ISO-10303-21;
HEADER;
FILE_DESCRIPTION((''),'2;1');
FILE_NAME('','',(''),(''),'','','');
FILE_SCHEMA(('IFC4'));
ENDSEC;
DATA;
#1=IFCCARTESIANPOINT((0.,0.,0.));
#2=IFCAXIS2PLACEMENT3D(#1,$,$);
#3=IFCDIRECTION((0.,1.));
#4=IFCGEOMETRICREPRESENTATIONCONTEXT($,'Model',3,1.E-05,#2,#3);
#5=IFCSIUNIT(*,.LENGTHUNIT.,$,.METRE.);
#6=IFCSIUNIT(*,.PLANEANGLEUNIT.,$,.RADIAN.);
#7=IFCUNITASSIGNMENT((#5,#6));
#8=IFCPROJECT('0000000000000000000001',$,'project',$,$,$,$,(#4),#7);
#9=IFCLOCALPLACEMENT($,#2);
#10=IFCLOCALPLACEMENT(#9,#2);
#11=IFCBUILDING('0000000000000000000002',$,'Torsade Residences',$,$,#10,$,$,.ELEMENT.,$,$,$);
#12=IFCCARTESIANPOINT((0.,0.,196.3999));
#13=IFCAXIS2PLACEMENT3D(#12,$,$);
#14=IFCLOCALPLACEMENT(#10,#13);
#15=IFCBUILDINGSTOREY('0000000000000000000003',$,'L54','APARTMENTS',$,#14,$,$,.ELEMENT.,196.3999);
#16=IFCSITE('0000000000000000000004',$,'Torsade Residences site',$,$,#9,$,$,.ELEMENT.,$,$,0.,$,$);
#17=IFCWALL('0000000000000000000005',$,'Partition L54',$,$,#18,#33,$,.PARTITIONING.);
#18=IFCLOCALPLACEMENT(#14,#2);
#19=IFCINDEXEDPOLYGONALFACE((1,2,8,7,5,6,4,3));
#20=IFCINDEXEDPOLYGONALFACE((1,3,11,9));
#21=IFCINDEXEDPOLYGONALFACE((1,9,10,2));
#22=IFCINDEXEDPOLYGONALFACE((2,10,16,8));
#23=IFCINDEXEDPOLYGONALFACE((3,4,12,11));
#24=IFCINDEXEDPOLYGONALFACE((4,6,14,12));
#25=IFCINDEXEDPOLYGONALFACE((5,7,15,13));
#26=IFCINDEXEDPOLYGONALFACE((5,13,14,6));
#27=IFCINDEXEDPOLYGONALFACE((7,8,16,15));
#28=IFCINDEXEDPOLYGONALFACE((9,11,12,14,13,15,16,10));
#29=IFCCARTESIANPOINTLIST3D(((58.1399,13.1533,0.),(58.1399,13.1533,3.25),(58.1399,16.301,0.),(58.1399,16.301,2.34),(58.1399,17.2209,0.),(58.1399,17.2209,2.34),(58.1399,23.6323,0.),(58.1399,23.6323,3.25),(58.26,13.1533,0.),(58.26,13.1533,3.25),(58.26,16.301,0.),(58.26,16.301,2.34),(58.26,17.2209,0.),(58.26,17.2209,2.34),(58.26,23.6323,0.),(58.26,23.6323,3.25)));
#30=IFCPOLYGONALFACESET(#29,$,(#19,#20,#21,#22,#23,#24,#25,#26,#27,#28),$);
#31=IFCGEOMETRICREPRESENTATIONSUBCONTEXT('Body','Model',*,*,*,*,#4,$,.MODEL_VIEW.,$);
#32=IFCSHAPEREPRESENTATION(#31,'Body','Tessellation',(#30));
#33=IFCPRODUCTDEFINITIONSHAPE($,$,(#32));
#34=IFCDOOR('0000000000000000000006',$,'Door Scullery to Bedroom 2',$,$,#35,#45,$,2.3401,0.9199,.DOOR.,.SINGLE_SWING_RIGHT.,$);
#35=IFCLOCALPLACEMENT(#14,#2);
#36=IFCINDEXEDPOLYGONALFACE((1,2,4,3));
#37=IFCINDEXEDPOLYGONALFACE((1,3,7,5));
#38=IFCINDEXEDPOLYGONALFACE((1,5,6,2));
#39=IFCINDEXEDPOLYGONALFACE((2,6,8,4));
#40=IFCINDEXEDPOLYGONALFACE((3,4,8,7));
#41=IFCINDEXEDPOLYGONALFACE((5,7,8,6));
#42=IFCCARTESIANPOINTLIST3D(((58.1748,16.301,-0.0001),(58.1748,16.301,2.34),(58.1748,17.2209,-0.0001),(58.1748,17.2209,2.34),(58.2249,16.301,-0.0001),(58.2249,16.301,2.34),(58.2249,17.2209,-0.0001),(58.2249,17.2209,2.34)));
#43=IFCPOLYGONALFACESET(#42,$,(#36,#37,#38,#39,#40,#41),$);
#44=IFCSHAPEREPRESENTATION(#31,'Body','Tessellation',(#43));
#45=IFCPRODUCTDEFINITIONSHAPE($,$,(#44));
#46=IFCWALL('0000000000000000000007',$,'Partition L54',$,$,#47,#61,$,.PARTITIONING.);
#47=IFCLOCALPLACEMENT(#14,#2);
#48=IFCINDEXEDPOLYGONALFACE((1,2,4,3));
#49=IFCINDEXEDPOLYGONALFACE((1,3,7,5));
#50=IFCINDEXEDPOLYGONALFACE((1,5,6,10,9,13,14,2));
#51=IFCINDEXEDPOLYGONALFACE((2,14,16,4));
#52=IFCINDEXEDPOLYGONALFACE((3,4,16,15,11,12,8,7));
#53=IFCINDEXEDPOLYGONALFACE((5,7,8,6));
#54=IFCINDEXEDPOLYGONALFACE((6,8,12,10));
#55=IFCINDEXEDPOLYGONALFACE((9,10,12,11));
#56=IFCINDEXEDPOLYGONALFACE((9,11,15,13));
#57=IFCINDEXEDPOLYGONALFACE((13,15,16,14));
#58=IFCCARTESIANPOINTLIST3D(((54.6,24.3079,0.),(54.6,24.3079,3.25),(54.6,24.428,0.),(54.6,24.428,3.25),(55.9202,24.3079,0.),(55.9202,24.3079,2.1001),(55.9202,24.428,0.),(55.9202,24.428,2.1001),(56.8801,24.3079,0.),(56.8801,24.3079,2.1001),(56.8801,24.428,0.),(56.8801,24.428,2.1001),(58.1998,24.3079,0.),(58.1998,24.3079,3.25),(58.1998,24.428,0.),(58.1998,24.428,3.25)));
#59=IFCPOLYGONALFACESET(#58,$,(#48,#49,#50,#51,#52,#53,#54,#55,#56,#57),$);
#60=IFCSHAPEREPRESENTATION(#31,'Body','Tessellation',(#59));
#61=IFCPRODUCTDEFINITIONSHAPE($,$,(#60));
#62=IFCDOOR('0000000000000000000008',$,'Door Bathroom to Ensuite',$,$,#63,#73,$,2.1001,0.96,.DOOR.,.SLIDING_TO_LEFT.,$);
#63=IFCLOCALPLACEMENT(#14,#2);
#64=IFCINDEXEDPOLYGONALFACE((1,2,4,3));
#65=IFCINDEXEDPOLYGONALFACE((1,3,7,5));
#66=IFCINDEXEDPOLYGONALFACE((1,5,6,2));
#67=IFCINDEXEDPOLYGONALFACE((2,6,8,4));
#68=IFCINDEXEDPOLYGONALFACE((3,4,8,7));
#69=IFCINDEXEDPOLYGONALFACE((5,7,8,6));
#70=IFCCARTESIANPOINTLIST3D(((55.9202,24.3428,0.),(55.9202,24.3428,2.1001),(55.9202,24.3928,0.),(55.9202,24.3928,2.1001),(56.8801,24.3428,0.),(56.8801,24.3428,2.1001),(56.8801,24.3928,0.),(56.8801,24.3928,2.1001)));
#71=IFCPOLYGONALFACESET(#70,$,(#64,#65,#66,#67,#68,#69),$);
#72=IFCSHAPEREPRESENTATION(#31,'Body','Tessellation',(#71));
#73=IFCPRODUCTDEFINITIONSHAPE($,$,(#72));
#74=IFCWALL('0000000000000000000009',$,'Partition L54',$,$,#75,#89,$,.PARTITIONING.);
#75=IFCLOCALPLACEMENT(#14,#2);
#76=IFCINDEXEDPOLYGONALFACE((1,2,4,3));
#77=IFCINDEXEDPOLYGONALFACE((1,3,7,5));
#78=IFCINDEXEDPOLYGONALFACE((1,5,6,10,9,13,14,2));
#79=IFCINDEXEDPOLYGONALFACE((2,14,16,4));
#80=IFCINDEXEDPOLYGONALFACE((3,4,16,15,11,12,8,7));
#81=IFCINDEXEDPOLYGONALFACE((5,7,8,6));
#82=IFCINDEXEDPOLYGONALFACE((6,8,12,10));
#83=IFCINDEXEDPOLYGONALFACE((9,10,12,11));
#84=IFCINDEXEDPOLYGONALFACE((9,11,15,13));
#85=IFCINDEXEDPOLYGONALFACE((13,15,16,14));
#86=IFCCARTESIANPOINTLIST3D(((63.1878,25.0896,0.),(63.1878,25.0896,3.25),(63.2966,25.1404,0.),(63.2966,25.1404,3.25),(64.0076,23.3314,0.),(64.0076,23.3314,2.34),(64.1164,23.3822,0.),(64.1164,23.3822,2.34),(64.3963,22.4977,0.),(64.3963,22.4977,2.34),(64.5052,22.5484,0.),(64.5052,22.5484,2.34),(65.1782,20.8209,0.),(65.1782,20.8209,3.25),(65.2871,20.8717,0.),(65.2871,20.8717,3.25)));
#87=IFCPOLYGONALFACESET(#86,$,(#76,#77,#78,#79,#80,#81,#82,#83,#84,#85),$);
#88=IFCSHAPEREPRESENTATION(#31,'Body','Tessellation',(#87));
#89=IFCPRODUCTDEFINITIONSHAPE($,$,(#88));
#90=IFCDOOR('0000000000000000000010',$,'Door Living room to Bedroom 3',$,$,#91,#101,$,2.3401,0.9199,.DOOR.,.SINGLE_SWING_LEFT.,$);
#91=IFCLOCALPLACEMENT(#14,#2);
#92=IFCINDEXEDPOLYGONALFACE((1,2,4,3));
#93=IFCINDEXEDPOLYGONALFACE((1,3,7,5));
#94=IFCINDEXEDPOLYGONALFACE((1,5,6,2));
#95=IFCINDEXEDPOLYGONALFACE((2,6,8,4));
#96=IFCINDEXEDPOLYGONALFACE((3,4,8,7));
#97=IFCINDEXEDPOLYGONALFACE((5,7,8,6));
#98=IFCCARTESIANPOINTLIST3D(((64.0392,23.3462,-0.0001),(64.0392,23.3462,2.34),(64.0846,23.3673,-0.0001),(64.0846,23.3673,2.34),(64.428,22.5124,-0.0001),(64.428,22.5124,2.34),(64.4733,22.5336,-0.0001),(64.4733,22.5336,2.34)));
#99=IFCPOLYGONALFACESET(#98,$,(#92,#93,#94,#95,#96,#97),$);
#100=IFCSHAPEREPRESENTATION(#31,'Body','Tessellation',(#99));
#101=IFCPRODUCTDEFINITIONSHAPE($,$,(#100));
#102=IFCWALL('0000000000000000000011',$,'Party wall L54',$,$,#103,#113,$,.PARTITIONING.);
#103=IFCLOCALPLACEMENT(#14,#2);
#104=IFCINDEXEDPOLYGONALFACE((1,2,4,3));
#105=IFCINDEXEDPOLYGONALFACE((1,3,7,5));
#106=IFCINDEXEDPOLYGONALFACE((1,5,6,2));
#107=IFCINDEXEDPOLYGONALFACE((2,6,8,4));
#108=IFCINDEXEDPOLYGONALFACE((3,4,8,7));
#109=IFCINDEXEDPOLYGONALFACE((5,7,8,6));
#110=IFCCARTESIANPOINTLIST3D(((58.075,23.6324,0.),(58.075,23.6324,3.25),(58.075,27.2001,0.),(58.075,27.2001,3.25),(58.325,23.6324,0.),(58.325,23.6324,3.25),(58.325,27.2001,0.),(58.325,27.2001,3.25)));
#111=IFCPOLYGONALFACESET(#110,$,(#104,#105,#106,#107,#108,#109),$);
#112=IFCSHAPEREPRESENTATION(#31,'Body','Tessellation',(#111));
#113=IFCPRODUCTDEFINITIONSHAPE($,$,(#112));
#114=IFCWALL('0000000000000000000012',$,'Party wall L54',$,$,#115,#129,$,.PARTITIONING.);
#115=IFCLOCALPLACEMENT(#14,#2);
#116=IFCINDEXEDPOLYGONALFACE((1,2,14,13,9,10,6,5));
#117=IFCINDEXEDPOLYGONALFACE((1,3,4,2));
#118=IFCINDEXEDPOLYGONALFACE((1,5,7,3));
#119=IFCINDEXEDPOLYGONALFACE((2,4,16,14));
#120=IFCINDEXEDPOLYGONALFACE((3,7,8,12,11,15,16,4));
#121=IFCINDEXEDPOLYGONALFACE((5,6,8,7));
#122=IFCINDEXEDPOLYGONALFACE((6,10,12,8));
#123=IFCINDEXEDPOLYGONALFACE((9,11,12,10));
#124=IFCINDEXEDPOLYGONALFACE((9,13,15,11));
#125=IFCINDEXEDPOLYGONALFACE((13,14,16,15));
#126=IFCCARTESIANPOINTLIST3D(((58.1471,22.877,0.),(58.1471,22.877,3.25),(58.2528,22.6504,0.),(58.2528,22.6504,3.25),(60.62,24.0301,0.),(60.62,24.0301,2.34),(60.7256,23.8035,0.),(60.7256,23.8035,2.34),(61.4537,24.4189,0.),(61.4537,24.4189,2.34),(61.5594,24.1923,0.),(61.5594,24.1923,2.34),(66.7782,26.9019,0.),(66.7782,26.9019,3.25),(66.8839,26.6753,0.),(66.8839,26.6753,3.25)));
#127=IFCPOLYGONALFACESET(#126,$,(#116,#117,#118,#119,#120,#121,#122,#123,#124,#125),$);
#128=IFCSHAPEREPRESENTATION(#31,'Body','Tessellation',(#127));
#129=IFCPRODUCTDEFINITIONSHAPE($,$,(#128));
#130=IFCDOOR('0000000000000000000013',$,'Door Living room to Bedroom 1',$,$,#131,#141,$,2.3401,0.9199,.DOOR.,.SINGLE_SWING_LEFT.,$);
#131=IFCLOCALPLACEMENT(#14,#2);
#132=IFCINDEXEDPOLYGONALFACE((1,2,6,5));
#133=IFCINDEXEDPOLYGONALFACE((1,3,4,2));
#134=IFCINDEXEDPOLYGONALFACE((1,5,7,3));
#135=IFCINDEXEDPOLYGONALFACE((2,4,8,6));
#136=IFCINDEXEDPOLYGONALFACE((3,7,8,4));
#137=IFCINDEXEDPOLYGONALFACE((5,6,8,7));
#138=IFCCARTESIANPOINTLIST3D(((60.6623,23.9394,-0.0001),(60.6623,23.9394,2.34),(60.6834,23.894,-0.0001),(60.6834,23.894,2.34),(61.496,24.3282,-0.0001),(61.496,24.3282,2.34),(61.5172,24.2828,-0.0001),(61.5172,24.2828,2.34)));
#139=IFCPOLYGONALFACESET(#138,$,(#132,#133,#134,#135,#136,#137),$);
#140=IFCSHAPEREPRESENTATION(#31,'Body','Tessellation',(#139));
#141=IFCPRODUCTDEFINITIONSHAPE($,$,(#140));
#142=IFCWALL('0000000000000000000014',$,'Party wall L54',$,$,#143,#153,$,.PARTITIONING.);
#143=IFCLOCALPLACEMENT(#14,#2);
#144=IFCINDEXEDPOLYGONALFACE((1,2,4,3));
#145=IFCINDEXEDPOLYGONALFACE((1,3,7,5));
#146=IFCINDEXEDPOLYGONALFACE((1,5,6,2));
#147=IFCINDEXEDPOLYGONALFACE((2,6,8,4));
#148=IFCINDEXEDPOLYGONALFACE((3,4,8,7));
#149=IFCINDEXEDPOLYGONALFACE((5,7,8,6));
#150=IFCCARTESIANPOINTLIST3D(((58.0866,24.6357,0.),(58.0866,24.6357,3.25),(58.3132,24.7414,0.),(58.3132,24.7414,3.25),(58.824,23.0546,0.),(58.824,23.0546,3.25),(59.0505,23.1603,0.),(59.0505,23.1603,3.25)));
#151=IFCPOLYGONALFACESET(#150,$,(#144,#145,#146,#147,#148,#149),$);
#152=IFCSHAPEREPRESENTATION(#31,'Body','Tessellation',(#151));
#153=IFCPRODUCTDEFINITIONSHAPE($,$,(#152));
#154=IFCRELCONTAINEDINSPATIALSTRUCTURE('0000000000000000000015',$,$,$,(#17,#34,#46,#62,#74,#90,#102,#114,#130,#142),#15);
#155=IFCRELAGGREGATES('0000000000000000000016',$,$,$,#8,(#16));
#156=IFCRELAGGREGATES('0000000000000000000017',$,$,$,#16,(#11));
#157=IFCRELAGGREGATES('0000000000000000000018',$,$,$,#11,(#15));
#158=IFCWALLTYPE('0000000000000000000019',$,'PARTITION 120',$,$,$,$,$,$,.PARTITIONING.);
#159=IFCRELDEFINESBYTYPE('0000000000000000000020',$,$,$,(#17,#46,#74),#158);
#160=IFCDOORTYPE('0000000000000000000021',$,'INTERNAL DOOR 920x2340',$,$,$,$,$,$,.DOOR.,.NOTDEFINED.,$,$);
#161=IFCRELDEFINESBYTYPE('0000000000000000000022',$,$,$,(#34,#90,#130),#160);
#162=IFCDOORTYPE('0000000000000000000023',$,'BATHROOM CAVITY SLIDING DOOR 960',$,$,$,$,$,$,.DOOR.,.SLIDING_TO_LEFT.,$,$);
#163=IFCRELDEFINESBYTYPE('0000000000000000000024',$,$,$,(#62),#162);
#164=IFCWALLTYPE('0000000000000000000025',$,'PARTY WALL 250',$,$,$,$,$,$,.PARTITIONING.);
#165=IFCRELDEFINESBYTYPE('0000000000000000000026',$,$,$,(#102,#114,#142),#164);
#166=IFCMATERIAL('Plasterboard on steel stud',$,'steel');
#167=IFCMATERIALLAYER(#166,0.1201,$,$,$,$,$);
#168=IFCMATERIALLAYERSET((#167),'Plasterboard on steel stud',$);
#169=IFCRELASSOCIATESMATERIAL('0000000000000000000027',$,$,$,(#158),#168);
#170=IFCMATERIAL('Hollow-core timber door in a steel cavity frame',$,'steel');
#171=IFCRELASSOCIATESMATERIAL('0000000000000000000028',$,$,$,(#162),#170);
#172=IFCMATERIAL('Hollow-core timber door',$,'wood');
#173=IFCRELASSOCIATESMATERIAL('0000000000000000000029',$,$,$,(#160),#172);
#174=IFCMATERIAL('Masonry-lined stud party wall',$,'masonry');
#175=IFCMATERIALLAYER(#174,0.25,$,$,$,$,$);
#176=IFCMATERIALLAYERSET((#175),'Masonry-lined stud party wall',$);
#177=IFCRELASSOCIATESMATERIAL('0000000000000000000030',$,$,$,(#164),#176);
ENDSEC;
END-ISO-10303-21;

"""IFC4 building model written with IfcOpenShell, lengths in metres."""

from ifc_helpers import new_model, si_unit, direction, frame, frame_2d, origin, place, context, subcontext, project, spatial, rectangle, extrude, material, layer, layer_set, type_object, element, fill, save


model = new_model("IFC4")

# Units and contexts
model_context = context("Model", 3, precision=1e-05, world=origin(), true_north=direction((0.0, 1.0)))
body_context = subcontext(model_context, "Body", "Model", "MODEL_VIEW")
ifc_project = project(units=[si_unit("LENGTHUNIT", "METRE"), si_unit("PLANEANGLEUNIT", "RADIAN")], contexts=[model_context])

# Site, building, storey
site_placement = place(None, origin())
site = spatial("IfcSite", under=ifc_project, at=site_placement, Name="Torsade Residences site", CompositionType="ELEMENT", RefElevation=0.0)
building_placement = place(site_placement, origin())
building = spatial("IfcBuilding", under=site, at=building_placement, Name="Torsade Residences", CompositionType="ELEMENT")
storey_placement = place(building_placement, frame((0.0, 0.0, 196.3999)))
storey = spatial("IfcBuildingStorey", under=building, at=storey_placement, Name="L54", Description="APARTMENTS", CompositionType="ELEMENT", Elevation=196.3999)

# Walls, openings, doors
ifc_material_1 = material(Name="Plasterboard on steel stud", Category="steel")
ifc_layer_1 = layer(ifc_material_1, 0.1201)
ifc_layer_set_1 = layer_set([ifc_layer_1], Name="Plasterboard on steel stud")
wall_type_1 = type_object("IfcWallType", Name="PARTITION 120", PredefinedType="PARTITIONING", material=ifc_layer_set_1)
ifc_material_2 = material(Name="Hollow-core timber door in a steel cavity frame", Category="steel")
door_type_1 = type_object("IfcDoorType", Name="BATHROOM CAVITY SLIDING DOOR 960", OperationType="SLIDING_TO_LEFT", PredefinedType="DOOR", material=ifc_material_2)
wall_1_placement = place(storey_placement, frame((58.2, 23.6323, 0.0), z_axis=(0.0, 0.0, 1.0), x_axis=(0.0, -1.0, 0.0)))
wall_1 = element("IfcWall", 1, at=wall_1_placement, inside=storey, type_object=wall_type_1, Name="Partition L54", PredefinedType="PARTITIONING", context=body_context, shape_type="SweptSolid", body=[
    extrude(rectangle(XDim=10.479, YDim=0.1201, at=frame_2d((5.2395, 0.0))), origin(), (0.0, 0.0, 1.0), 3.25),
])
opening_1_placement = place(wall_1_placement, frame((6.4114, 0.0, 0.0)))
opening_1 = element("IfcOpeningElement", 2, at=opening_1_placement, cuts=wall_1, PredefinedType="OPENING", context=body_context, shape_type="SweptSolid", body=[
    extrude(rectangle(XDim=0.9199, YDim=2.3401, at=frame_2d((0.46, 1.1699))), frame((0.0, 0.0701, 0.0), z_axis=(0.0, -1.0, 0.0), x_axis=(1.0, 0.0, 0.0)), (0.0, 0.0, 1.0), 0.1401),
])
ifc_material_3 = material(Name="Hollow-core timber door", Category="wood")
door_type_2 = type_object("IfcDoorType", Name="INTERNAL DOOR 920x2340", OperationType="NOTDEFINED", PredefinedType="DOOR", material=ifc_material_3)
door_1_placement = place(opening_1_placement, origin())
door_1 = element("IfcDoor", 3, at=door_1_placement, inside=storey, type_object=door_type_2, Name="Door Scullery to Bedroom 2", OperationType="SINGLE_SWING_RIGHT", OverallHeight=2.3401, OverallWidth=0.9199, PredefinedType="DOOR", context=body_context, shape_type="SweptSolid", body=[
    extrude(rectangle(XDim=0.9199, YDim=2.3401, at=frame_2d((0.46, 1.1699))), frame((0.0, 0.0249, 0.0), z_axis=(0.0, -1.0, 0.0), x_axis=(1.0, 0.0, 0.0)), (0.0, 0.0, 1.0), 0.05),
])
fill(opening_1, door_1)
wall_2_placement = place(storey_placement, frame((54.6001, 24.3679, 0.0), z_axis=(0.0, 0.0, 1.0), x_axis=(1.0, 0.0, 0.0)))
wall_2 = element("IfcWall", 4, at=wall_2_placement, inside=storey, type_object=wall_type_1, Name="Partition L54", PredefinedType="PARTITIONING", context=body_context, shape_type="SweptSolid", body=[
    extrude(rectangle(XDim=3.5999, YDim=0.1201, at=frame_2d((1.7998, 0.0))), origin(), (0.0, 0.0, 1.0), 3.25),
])
opening_2_placement = place(wall_2_placement, frame((1.3201, 0.0, 0.0)))
opening_2 = element("IfcOpeningElement", 5, at=opening_2_placement, cuts=wall_2, PredefinedType="OPENING", context=body_context, shape_type="SweptSolid", body=[
    extrude(rectangle(XDim=0.96, YDim=2.1001, at=frame_2d((0.48, 1.05))), frame((0.0, 0.0701, 0.0), z_axis=(0.0, -1.0, 0.0), x_axis=(1.0, 0.0, 0.0)), (0.0, 0.0, 1.0), 0.1401),
])
door_2_placement = place(opening_2_placement, origin())
door_2 = element("IfcDoor", 6, at=door_2_placement, inside=storey, type_object=door_type_1, Name="Door Bathroom to Ensuite", OperationType="SLIDING_TO_LEFT", OverallHeight=2.1001, OverallWidth=0.96, PredefinedType="DOOR", context=body_context, shape_type="SweptSolid", body=[
    extrude(rectangle(XDim=0.96, YDim=2.1001, at=frame_2d((0.48, 1.05))), frame((0.0, 0.0249, 0.0), z_axis=(0.0, -1.0, 0.0), x_axis=(1.0, 0.0, 0.0)), (0.0, 0.0, 1.0), 0.05),
])
fill(opening_2, door_2)
wall_3_placement = place(storey_placement, frame((63.2422, 25.115, 0.0), z_axis=(0.0, 0.0, 1.0), x_axis=(0.422602, -0.906316, 0.0)))
wall_3 = element("IfcWall", 7, at=wall_3_placement, inside=storey, type_object=wall_type_1, Name="Partition L54", PredefinedType="PARTITIONING", context=body_context, shape_type="SweptSolid", body=[
    extrude(rectangle(XDim=4.71, YDim=0.1201, at=frame_2d((2.355, 0.0))), origin(), (0.0, 0.0, 1.0), 3.25),
])
opening_3_placement = place(wall_3_placement, frame((1.9399, 0.0, 0.0)))
opening_3 = element("IfcOpeningElement", 8, at=opening_3_placement, cuts=wall_3, PredefinedType="OPENING", context=body_context, shape_type="SweptSolid", body=[
    extrude(rectangle(XDim=0.9199, YDim=2.3401, at=frame_2d((0.46, 1.1699))), frame((0.0, 0.0701, 0.0), z_axis=(0.0, -1.0, 0.0), x_axis=(1.0, 0.0, 0.0)), (0.0, 0.0, 1.0), 0.1401),
])
door_3_placement = place(opening_3_placement, origin())
door_3 = element("IfcDoor", 9, at=door_3_placement, inside=storey, type_object=door_type_2, Name="Door Living room to Bedroom 3", OperationType="SINGLE_SWING_LEFT", OverallHeight=2.3401, OverallWidth=0.9199, PredefinedType="DOOR", context=body_context, shape_type="SweptSolid", body=[
    extrude(rectangle(XDim=0.9199, YDim=2.3401, at=frame_2d((0.46, 1.1699))), frame((0.0, 0.0249, 0.0), z_axis=(0.0, -1.0, 0.0), x_axis=(1.0, 0.0, 0.0)), (0.0, 0.0, 1.0), 0.05),
])
fill(opening_3, door_3)

# Wall
ifc_material_4 = material(Name="Masonry-lined stud party wall", Category="masonry")
ifc_layer_2 = layer(ifc_material_4, 0.25)
ifc_layer_set_2 = layer_set([ifc_layer_2], Name="Masonry-lined stud party wall")
wall_type_2 = type_object("IfcWallType", Name="PARTY WALL 250", PredefinedType="PARTITIONING", material=ifc_layer_set_2)
wall_4_placement = place(storey_placement, frame((58.2, 27.2, 0.0), z_axis=(0.0, 0.0, 1.0), x_axis=(0.0, -1.0, 0.0)))
element("IfcWall", 10, at=wall_4_placement, inside=storey, type_object=wall_type_2, Name="Party wall L54", PredefinedType="PARTITIONING", context=body_context, shape_type="SweptSolid", body=[
    extrude(rectangle(XDim=3.5676, YDim=0.25, at=frame_2d((1.7837, 0.0))), origin(), (0.0, 0.0, 1.0), 3.25),
])

# Wall, opening, door
wall_5_placement = place(storey_placement, frame((58.2, 22.7637, 0.0), z_axis=(0.0, 0.0, 1.0), x_axis=(0.906302, 0.422631, 0.0)))
wall_5 = element("IfcWall", 11, at=wall_5_placement, inside=storey, type_object=wall_type_2, Name="Party wall L54", PredefinedType="PARTITIONING", context=body_context, shape_type="SweptSolid", body=[
    extrude(rectangle(XDim=9.5234, YDim=0.25, at=frame_2d((4.7617, 0.0))), origin(), (0.0, 0.0, 1.0), 3.25),
])
opening_4_placement = place(wall_5_placement, frame((2.7285, 0.0, 0.0)))
opening_4 = element("IfcOpeningElement", 12, at=opening_4_placement, cuts=wall_5, PredefinedType="OPENING", context=body_context, shape_type="SweptSolid", body=[
    extrude(rectangle(XDim=0.9199, YDim=2.3401, at=frame_2d((0.46, 1.1699))), frame((0.0, 0.135, 0.0), z_axis=(0.0, -1.0, 0.0), x_axis=(1.0, 0.0, 0.0)), (0.0, 0.0, 1.0), 0.27),
])
door_4_placement = place(opening_4_placement, origin())
door_4 = element("IfcDoor", 13, at=door_4_placement, inside=storey, type_object=door_type_2, Name="Door Living room to Bedroom 1", OperationType="SINGLE_SWING_LEFT", OverallHeight=2.3401, OverallWidth=0.9199, PredefinedType="DOOR", context=body_context, shape_type="SweptSolid", body=[
    extrude(rectangle(XDim=0.9199, YDim=2.3401, at=frame_2d((0.46, 1.1699))), frame((0.0, 0.0249, 0.0), z_axis=(0.0, -1.0, 0.0), x_axis=(1.0, 0.0, 0.0)), (0.0, 0.0, 1.0), 0.05),
])
fill(opening_4, door_4)

# Wall
wall_6_placement = place(storey_placement, frame((58.9373, 23.1074, 0.0), z_axis=(0.0, 0.0, 1.0), x_axis=(-0.42264, 0.906298, 0.0)))
element("IfcWall", 14, at=wall_6_placement, inside=storey, type_object=wall_type_2, Name="Party wall L54", PredefinedType="PARTITIONING", context=body_context, shape_type="SweptSolid", body=[
    extrude(rectangle(XDim=1.7446, YDim=0.25, at=frame_2d((0.8723, 0.0))), origin(), (0.0, 0.0, 1.0), 3.25),
])

save(model, "model.ifc")
